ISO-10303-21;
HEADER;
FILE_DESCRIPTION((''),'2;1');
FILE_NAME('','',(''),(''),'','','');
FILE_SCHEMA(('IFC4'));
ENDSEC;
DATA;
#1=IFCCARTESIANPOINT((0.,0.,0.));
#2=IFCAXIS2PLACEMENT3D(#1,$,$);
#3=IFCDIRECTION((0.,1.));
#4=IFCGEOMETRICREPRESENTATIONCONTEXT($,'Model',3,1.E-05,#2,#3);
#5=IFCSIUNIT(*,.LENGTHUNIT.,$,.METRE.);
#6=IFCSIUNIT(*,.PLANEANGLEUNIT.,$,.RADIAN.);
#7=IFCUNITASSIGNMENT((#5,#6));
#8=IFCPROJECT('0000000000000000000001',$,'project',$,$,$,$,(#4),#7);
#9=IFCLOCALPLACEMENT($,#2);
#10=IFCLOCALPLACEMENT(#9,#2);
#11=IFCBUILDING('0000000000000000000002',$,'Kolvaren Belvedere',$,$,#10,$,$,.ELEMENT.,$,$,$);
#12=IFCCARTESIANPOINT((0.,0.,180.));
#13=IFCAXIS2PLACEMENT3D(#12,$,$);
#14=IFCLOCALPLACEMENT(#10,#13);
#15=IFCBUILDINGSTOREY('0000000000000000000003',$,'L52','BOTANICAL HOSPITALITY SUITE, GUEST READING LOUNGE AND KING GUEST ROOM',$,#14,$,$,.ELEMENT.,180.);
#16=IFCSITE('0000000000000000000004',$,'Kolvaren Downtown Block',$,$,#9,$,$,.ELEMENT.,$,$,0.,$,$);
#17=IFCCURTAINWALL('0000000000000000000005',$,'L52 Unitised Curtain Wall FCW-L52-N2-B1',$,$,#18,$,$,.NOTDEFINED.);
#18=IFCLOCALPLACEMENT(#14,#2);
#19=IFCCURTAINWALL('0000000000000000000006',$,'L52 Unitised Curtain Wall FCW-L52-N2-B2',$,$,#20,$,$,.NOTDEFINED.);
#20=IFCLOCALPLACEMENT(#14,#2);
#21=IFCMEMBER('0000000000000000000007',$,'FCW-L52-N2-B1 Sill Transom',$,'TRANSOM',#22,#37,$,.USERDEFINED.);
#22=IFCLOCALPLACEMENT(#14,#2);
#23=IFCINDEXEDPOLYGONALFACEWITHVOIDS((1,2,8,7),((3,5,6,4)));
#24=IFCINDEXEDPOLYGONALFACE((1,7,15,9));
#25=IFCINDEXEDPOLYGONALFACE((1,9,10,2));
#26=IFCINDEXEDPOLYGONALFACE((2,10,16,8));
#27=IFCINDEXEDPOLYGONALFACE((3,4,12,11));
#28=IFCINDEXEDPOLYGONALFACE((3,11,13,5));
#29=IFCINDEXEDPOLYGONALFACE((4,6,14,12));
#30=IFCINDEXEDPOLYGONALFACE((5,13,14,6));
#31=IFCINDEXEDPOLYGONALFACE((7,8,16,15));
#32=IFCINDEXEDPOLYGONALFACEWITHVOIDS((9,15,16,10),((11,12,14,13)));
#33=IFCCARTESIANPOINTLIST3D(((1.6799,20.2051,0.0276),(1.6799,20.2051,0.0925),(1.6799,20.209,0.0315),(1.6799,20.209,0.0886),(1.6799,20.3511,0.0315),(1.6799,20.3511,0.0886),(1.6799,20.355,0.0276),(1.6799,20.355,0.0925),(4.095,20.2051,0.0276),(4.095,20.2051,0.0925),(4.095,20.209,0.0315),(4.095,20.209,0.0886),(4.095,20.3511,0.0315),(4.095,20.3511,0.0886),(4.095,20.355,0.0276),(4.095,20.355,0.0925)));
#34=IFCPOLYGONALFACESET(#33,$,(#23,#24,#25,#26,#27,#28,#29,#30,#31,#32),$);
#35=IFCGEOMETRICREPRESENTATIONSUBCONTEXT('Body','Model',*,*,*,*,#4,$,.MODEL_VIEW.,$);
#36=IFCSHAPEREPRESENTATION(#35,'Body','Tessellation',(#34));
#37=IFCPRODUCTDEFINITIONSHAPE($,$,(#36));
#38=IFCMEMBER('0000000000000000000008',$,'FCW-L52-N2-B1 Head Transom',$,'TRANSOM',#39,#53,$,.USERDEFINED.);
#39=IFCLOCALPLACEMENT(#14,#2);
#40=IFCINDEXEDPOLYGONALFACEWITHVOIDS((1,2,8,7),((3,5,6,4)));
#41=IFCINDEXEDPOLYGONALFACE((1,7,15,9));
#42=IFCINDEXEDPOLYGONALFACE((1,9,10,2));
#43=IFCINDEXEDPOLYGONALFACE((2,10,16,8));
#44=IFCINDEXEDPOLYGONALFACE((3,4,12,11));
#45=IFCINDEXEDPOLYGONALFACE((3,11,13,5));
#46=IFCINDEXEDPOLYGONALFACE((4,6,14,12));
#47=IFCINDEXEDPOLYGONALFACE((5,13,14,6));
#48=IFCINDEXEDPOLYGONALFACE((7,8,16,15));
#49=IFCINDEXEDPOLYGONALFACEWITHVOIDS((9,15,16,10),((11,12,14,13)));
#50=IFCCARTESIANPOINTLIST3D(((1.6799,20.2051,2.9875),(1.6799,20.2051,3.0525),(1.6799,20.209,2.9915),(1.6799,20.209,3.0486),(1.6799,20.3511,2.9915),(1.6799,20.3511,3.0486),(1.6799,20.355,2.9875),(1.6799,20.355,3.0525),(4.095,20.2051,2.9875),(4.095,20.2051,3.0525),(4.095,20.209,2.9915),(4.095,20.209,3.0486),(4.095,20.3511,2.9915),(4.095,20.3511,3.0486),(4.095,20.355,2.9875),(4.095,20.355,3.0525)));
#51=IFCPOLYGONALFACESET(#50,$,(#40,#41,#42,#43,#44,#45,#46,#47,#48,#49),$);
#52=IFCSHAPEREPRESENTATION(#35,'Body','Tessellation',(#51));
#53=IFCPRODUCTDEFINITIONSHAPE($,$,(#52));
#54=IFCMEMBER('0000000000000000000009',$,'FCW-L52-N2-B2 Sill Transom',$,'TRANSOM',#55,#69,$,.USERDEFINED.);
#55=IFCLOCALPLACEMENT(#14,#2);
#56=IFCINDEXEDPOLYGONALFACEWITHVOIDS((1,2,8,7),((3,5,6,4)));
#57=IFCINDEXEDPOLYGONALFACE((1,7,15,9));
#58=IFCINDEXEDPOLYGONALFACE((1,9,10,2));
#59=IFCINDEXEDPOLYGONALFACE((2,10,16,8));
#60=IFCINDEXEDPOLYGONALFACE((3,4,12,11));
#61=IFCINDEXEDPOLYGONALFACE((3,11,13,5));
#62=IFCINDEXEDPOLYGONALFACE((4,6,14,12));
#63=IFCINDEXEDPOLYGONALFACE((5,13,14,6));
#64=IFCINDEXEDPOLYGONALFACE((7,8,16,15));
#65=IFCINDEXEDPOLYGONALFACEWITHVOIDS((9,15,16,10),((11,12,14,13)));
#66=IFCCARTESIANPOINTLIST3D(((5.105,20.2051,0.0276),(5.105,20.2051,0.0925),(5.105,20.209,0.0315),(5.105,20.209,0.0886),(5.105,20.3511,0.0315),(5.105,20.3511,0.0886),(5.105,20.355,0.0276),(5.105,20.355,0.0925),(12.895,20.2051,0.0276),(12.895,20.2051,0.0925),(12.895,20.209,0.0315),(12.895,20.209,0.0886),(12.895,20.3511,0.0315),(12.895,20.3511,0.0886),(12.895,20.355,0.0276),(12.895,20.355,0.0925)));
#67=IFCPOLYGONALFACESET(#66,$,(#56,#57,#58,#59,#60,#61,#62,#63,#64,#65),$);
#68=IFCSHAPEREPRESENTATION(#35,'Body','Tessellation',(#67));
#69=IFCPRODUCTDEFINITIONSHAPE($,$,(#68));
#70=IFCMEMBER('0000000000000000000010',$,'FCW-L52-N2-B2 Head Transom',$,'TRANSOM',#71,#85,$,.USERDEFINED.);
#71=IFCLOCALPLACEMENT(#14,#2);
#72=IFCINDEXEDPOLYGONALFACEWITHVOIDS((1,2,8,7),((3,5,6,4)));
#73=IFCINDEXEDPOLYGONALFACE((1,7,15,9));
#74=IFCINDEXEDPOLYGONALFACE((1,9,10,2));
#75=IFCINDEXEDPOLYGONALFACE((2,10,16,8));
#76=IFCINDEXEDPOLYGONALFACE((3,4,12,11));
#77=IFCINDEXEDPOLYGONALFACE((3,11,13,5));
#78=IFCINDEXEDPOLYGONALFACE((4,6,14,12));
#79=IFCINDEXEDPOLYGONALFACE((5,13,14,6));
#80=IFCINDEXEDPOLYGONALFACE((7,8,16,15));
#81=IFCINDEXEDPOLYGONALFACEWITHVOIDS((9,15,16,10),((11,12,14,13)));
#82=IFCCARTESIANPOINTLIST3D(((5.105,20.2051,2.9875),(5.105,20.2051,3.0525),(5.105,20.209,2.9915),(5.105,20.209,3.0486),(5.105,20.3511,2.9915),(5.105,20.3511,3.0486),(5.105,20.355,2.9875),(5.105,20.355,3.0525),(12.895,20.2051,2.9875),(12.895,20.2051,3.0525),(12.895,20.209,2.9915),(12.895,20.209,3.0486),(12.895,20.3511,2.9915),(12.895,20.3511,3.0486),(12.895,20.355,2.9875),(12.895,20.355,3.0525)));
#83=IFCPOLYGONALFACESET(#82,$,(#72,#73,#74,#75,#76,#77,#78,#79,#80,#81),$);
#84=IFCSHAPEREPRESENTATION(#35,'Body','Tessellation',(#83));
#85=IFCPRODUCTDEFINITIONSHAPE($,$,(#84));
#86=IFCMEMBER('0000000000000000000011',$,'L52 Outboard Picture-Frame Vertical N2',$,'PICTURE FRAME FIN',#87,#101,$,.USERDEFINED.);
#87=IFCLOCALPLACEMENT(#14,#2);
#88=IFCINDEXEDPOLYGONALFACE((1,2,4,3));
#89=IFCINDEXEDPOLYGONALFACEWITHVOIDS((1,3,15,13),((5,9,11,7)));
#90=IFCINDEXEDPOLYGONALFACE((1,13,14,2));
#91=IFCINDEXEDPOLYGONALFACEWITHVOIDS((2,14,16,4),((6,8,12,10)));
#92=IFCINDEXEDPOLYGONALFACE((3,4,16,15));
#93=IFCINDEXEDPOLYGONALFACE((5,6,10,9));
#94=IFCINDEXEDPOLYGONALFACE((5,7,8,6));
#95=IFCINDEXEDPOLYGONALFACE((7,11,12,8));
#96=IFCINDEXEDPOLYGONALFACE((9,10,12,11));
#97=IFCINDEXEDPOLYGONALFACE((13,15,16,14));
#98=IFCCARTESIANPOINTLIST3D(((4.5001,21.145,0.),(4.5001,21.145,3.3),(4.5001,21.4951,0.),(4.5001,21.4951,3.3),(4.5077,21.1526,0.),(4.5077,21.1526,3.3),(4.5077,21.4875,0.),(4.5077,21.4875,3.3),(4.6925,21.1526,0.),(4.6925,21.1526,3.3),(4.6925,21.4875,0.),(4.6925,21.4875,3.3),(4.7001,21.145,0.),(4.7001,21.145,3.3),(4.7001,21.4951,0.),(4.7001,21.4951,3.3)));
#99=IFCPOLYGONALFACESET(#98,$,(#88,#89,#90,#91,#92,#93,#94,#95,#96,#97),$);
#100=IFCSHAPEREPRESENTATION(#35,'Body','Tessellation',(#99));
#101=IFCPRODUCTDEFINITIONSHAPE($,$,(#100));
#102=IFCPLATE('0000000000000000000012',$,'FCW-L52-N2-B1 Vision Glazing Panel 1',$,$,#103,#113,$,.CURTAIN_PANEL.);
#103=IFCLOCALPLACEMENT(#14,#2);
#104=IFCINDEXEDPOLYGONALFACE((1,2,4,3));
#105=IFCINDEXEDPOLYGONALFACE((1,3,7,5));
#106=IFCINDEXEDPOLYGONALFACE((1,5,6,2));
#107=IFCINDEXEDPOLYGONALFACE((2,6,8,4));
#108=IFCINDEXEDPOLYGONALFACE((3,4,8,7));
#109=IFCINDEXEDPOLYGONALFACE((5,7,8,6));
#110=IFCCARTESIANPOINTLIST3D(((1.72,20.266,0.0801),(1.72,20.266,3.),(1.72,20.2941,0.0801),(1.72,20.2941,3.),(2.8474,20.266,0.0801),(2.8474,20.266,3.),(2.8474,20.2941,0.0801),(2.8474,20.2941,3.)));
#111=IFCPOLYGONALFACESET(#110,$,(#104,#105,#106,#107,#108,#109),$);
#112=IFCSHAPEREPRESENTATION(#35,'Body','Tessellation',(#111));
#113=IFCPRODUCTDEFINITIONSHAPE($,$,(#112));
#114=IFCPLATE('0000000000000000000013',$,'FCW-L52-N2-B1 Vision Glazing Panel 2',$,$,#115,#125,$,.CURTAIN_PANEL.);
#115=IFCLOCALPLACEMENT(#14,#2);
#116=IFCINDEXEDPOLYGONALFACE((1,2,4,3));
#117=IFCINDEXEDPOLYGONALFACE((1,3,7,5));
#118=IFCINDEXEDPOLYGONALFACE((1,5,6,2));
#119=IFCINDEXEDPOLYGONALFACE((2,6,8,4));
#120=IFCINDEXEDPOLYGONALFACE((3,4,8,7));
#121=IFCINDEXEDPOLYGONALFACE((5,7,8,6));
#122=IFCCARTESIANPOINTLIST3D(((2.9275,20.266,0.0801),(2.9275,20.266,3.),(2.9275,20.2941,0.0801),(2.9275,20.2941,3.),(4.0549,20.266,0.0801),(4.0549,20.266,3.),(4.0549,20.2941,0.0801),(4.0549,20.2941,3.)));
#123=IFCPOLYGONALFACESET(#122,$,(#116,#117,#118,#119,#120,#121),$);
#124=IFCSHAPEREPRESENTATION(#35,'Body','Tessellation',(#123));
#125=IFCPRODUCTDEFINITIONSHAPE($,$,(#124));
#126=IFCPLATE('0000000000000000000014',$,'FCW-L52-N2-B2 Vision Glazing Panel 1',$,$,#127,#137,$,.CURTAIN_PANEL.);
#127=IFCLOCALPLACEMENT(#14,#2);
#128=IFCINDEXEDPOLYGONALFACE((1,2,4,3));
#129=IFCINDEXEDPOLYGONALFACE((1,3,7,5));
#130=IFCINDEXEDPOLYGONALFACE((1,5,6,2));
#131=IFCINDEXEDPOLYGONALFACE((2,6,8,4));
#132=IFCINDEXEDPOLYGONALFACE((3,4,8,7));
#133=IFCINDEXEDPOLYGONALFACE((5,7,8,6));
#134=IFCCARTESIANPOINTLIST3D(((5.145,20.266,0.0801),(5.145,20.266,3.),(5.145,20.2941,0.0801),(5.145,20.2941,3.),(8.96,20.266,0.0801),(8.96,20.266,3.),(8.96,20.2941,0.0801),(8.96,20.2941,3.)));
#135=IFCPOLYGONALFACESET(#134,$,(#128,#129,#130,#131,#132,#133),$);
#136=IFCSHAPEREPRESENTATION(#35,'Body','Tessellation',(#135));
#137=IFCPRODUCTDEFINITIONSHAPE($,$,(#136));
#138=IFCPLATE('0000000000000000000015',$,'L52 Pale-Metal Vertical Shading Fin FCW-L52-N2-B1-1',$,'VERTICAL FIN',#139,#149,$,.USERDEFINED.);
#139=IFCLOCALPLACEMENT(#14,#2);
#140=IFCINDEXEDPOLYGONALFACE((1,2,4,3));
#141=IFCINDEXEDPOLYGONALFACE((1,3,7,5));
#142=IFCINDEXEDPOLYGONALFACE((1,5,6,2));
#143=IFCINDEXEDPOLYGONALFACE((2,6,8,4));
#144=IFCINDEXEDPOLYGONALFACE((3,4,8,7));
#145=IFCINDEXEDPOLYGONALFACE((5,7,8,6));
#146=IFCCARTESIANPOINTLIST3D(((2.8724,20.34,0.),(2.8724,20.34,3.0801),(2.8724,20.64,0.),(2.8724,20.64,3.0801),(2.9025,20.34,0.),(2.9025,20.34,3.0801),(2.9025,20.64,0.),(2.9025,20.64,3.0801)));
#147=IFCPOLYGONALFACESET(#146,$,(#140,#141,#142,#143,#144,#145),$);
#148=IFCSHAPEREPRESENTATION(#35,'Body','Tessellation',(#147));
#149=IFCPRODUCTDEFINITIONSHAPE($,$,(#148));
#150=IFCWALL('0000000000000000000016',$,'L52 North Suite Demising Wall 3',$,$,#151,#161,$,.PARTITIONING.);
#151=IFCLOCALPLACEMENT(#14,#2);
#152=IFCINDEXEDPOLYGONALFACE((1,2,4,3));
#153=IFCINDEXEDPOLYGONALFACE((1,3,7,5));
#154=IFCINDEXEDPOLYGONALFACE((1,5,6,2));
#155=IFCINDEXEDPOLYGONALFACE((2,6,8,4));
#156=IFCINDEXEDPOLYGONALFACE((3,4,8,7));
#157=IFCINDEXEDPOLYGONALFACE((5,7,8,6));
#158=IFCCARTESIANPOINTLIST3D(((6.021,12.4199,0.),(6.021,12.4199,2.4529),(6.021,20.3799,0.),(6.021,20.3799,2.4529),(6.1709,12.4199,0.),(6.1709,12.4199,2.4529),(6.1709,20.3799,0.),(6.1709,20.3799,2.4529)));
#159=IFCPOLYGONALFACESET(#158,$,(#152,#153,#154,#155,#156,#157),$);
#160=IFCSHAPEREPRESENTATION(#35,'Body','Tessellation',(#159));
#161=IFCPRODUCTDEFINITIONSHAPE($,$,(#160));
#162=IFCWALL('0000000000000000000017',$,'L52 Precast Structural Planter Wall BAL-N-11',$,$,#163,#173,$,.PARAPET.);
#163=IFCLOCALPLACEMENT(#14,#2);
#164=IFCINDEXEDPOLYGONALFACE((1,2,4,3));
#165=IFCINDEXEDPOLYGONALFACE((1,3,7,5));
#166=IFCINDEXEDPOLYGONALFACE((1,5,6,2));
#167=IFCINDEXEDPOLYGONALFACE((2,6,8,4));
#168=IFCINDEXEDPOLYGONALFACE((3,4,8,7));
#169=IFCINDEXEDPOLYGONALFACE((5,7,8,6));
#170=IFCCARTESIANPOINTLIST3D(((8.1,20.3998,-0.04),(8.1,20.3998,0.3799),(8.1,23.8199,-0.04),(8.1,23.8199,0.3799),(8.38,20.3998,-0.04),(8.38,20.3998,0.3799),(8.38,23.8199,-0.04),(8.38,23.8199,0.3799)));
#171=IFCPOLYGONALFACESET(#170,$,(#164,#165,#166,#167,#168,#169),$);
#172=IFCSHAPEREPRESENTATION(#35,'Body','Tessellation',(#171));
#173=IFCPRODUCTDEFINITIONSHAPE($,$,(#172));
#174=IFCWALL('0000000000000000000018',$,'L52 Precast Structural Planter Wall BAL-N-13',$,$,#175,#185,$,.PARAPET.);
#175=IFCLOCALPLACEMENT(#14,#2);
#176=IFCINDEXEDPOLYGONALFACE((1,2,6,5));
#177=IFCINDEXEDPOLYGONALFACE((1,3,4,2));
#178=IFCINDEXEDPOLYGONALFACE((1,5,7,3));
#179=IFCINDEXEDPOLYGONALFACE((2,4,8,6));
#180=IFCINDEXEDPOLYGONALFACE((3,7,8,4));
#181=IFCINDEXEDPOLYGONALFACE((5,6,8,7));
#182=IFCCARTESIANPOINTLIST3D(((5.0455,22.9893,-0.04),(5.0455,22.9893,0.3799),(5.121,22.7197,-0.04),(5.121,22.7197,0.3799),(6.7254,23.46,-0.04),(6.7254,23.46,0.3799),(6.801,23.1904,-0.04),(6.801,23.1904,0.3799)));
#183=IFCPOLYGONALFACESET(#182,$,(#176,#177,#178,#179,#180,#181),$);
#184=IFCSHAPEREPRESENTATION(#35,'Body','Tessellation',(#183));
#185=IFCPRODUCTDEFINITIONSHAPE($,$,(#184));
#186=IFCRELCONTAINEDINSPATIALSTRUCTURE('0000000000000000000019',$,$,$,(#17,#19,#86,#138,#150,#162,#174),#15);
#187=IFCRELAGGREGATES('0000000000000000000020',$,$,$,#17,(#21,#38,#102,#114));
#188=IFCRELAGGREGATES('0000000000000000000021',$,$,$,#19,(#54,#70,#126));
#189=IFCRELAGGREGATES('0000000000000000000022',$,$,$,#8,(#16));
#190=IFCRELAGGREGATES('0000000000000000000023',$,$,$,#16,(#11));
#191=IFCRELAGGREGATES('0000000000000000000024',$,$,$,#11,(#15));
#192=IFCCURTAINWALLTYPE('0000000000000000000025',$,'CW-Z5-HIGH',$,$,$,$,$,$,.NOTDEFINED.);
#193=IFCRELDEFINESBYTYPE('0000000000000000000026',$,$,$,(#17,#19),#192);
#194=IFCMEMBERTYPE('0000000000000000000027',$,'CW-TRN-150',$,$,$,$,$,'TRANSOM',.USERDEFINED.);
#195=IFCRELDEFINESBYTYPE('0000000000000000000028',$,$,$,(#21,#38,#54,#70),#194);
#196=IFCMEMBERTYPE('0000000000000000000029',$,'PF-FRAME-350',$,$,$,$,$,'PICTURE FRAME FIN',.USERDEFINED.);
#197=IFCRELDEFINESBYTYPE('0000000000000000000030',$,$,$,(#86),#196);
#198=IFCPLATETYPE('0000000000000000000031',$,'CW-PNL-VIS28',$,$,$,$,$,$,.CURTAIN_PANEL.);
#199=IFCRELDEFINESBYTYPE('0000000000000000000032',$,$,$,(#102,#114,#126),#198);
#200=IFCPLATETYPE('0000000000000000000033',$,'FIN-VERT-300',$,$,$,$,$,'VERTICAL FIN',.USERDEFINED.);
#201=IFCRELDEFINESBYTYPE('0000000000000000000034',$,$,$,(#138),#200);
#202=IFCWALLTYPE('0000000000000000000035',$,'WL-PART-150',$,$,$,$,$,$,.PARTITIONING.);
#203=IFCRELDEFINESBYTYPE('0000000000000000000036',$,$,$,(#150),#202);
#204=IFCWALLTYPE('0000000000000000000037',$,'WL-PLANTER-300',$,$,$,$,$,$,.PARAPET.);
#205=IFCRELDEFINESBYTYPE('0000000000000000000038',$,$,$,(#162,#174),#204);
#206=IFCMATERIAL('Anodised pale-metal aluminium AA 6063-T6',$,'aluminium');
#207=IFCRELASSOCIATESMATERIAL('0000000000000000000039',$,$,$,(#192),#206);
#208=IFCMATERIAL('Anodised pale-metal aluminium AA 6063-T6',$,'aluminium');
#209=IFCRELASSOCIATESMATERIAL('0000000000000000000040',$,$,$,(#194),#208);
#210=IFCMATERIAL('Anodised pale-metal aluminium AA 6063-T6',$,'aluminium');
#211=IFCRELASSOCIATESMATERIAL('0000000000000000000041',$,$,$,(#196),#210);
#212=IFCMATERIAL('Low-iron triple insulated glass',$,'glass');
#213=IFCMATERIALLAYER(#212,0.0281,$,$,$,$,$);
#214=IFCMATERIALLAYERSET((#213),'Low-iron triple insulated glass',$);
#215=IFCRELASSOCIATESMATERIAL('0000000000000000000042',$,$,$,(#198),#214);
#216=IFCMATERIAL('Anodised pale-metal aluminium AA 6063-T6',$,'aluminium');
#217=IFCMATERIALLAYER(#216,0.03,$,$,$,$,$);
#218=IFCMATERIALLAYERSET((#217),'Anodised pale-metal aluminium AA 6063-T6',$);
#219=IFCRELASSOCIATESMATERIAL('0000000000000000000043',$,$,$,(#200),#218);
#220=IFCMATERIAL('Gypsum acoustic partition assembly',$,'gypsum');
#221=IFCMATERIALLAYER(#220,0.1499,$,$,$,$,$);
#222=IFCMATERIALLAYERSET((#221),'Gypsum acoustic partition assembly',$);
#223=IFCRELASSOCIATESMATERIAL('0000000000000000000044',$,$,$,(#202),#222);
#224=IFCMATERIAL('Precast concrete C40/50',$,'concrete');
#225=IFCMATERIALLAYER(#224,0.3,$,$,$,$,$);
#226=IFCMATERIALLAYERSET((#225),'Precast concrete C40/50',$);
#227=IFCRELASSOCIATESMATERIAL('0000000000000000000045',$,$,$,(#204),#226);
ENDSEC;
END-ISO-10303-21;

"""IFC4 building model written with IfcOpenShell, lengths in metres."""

from ifc_helpers import new_model, si_unit, direction, frame, frame_2d, origin, origin_2d, place, context, subcontext, project, spatial, rectangle, hollow_rectangle, extrude, material, layer, layer_set, material_profile, profile_set, type_object, element, aggregate, save


model = new_model("IFC4")

# Units and contexts
model_context = context("Model", 3, precision=1e-05, world=origin(), true_north=direction((0.0, 1.0)))
body_context = subcontext(model_context, "Body", "Model", "MODEL_VIEW")
ifc_project = project(units=[si_unit("LENGTHUNIT", "METRE"), si_unit("PLANEANGLEUNIT", "RADIAN")], contexts=[model_context])

# Site, building, storey
site_placement = place(None, origin())
site = spatial("IfcSite", under=ifc_project, at=site_placement, Name="Kolvaren Downtown Block", CompositionType="ELEMENT", RefElevation=0.0)
building_placement = place(site_placement, origin())
building = spatial("IfcBuilding", under=site, at=building_placement, Name="Kolvaren Belvedere", CompositionType="ELEMENT")
storey_placement = place(building_placement, frame((0.0, 0.0, 180.0)))
storey = spatial("IfcBuildingStorey", under=building, at=storey_placement, Name="L52", Description="BOTANICAL HOSPITALITY SUITE, GUEST READING LOUNGE AND KING GUEST ROOM", CompositionType="ELEMENT", Elevation=180.0)

# Curtain wall
ifc_material_1 = material(Name="Anodised pale-metal aluminium AA 6063-T6", Category="aluminium")
curtain_wall_type = type_object("IfcCurtainWallType", Name="CW-Z5-HIGH", PredefinedType="NOTDEFINED", material=ifc_material_1)
curtain_wall_1_placement = place(storey_placement, origin())
curtain_wall_1 = element("IfcCurtainWall", 1, at=curtain_wall_1_placement, inside=storey, type_object=curtain_wall_type, Name="L52 Unitised Curtain Wall FCW-L52-N2-B1", PredefinedType="NOTDEFINED")

# Curtain wall
curtain_wall_2_placement = place(storey_placement, origin())
curtain_wall_2 = element("IfcCurtainWall", 2, at=curtain_wall_2_placement, inside=storey, type_object=curtain_wall_type, Name="L52 Unitised Curtain Wall FCW-L52-N2-B2", PredefinedType="NOTDEFINED")

# Members
ifc_material_2 = material(Name="Anodised pale-metal aluminium AA 6063-T6", Category="aluminium")
ifc_material_profile_1 = material_profile(ifc_material_2, hollow_rectangle(XDim=0.0649, YDim=0.1499, WallThickness=0.0039, at=origin_2d()), Name="ALU-TRN-150X65")
ifc_profile_set_1 = profile_set([ifc_material_profile_1], Name="Anodised pale-metal aluminium AA 6063-T6")
member_type_1 = type_object("IfcMemberType", Name="CW-TRN-150", ElementType="TRANSOM", PredefinedType="USERDEFINED", material=ifc_profile_set_1)
member_1_placement = place(storey_placement, frame((1.6799, 20.28, 0.0601), z_axis=(1.0, 0.0, 0.0), x_axis=(0.0, 0.0, 1.0)))
member_1 = element("IfcMember", 3, at=member_1_placement, type_object=member_type_1, Name="FCW-L52-N2-B1 Sill Transom", ObjectType="TRANSOM", PredefinedType="USERDEFINED", context=body_context, shape_type="SweptSolid", body=[
    extrude(hollow_rectangle(XDim=0.0649, YDim=0.1499, WallThickness=0.0039, at=origin_2d()), origin(), (0.0, 0.0, 1.0), 2.415),
])
member_2_placement = place(storey_placement, frame((1.6799, 20.28, 3.02), z_axis=(1.0, 0.0, 0.0), x_axis=(0.0, 0.0, 1.0)))
member_2 = element("IfcMember", 4, at=member_2_placement, type_object=member_type_1, Name="FCW-L52-N2-B1 Head Transom", ObjectType="TRANSOM", PredefinedType="USERDEFINED", context=body_context, shape_type="SweptSolid", body=[
    extrude(hollow_rectangle(XDim=0.0649, YDim=0.1499, WallThickness=0.0039, at=origin_2d()), origin(), (0.0, 0.0, 1.0), 2.415),
])
member_3_placement = place(storey_placement, frame((5.105, 20.28, 0.0601), z_axis=(1.0, 0.0, 0.0), x_axis=(0.0, 0.0, 1.0)))
member_3 = element("IfcMember", 5, at=member_3_placement, type_object=member_type_1, Name="FCW-L52-N2-B2 Sill Transom", ObjectType="TRANSOM", PredefinedType="USERDEFINED", context=body_context, shape_type="SweptSolid", body=[
    extrude(hollow_rectangle(XDim=0.0649, YDim=0.1499, WallThickness=0.0039, at=origin_2d()), origin(), (0.0, 0.0, 1.0), 7.79),
])
member_4_placement = place(storey_placement, frame((5.105, 20.28, 3.02), z_axis=(1.0, 0.0, 0.0), x_axis=(0.0, 0.0, 1.0)))
member_4 = element("IfcMember", 6, at=member_4_placement, type_object=member_type_1, Name="FCW-L52-N2-B2 Head Transom", ObjectType="TRANSOM", PredefinedType="USERDEFINED", context=body_context, shape_type="SweptSolid", body=[
    extrude(hollow_rectangle(XDim=0.0649, YDim=0.1499, WallThickness=0.0039, at=origin_2d()), origin(), (0.0, 0.0, 1.0), 7.79),
])
ifc_material_3 = material(Name="Anodised pale-metal aluminium AA 6063-T6", Category="aluminium")
ifc_material_profile_2 = material_profile(ifc_material_3, hollow_rectangle(XDim=0.2, YDim=0.3501, WallThickness=0.0076, at=origin_2d()), Name="ALU-PF-350X200")
ifc_profile_set_2 = profile_set([ifc_material_profile_2], Name="Anodised pale-metal aluminium AA 6063-T6")
member_type_2 = type_object("IfcMemberType", Name="PF-FRAME-350", ElementType="PICTURE FRAME FIN", PredefinedType="USERDEFINED", material=ifc_profile_set_2)
member_5_placement = place(storey_placement, frame((4.6001, 21.3201, 0.0), z_axis=(0.0, 0.0, 1.0), x_axis=(1.0, 0.0, 0.0)))
element("IfcMember", 7, at=member_5_placement, inside=storey, type_object=member_type_2, Name="L52 Outboard Picture-Frame Vertical N2", ObjectType="PICTURE FRAME FIN", PredefinedType="USERDEFINED", context=body_context, shape_type="SweptSolid", body=[
    extrude(hollow_rectangle(XDim=0.2, YDim=0.3501, WallThickness=0.0076, at=origin_2d()), origin(), (0.0, 0.0, 1.0), 3.3),
])

# Plates
ifc_material_4 = material(Name="Low-iron triple insulated glass", Category="glass")
ifc_layer_1 = layer(ifc_material_4, 0.0281)
ifc_layer_set_1 = layer_set([ifc_layer_1], Name="Low-iron triple insulated glass")
plate_type_1 = type_object("IfcPlateType", Name="CW-PNL-VIS28", PredefinedType="CURTAIN_PANEL", material=ifc_layer_set_1)
plate_1_placement = place(storey_placement, frame((2.2837, 20.28, 0.0801), z_axis=(0.0, 0.0, 1.0), x_axis=(1.0, 0.0, 0.0)))
plate_1 = element("IfcPlate", 8, at=plate_1_placement, type_object=plate_type_1, Name="FCW-L52-N2-B1 Vision Glazing Panel 1", PredefinedType="CURTAIN_PANEL", context=body_context, shape_type="SweptSolid", body=[
    extrude(rectangle(XDim=1.1274, YDim=0.0281, at=origin_2d()), origin(), (0.0, 0.0, 1.0), 2.9199),
])
plate_2_placement = place(storey_placement, frame((3.4912, 20.28, 0.0801), z_axis=(0.0, 0.0, 1.0), x_axis=(1.0, 0.0, 0.0)))
plate_2 = element("IfcPlate", 9, at=plate_2_placement, type_object=plate_type_1, Name="FCW-L52-N2-B1 Vision Glazing Panel 2", PredefinedType="CURTAIN_PANEL", context=body_context, shape_type="SweptSolid", body=[
    extrude(rectangle(XDim=1.1274, YDim=0.0281, at=origin_2d()), origin(), (0.0, 0.0, 1.0), 2.9199),
])
aggregate(curtain_wall_1, [member_1, member_2, plate_1, plate_2])
plate_3_placement = place(storey_placement, frame((7.0525, 20.28, 0.0801), z_axis=(0.0, 0.0, 1.0), x_axis=(1.0, 0.0, 0.0)))
plate_3 = element("IfcPlate", 10, at=plate_3_placement, type_object=plate_type_1, Name="FCW-L52-N2-B2 Vision Glazing Panel 1", PredefinedType="CURTAIN_PANEL", context=body_context, shape_type="SweptSolid", body=[
    extrude(rectangle(XDim=3.8149, YDim=0.0281, at=origin_2d()), origin(), (0.0, 0.0, 1.0), 2.9199),
])
aggregate(curtain_wall_2, [member_3, member_4, plate_3])
ifc_material_5 = material(Name="Anodised pale-metal aluminium AA 6063-T6", Category="aluminium")
ifc_layer_2 = layer(ifc_material_5, 0.03)
ifc_layer_set_2 = layer_set([ifc_layer_2], Name="Anodised pale-metal aluminium AA 6063-T6")
plate_type_2 = type_object("IfcPlateType", Name="FIN-VERT-300", ElementType="VERTICAL FIN", PredefinedType="USERDEFINED", material=ifc_layer_set_2)
plate_4_placement = place(storey_placement, frame((2.8875, 20.49, 0.0), z_axis=(0.0, 0.0, 1.0), x_axis=(0.0, 1.0, 0.0)))
element("IfcPlate", 11, at=plate_4_placement, inside=storey, type_object=plate_type_2, Name="L52 Pale-Metal Vertical Shading Fin FCW-L52-N2-B1-1", ObjectType="VERTICAL FIN", PredefinedType="USERDEFINED", context=body_context, shape_type="SweptSolid", body=[
    extrude(rectangle(XDim=0.3, YDim=0.03, at=origin_2d()), origin(), (0.0, 0.0, 1.0), 3.0801),
])

# Walls
ifc_material_6 = material(Name="Gypsum acoustic partition assembly", Category="gypsum")
ifc_layer_3 = layer(ifc_material_6, 0.1499)
ifc_layer_set_3 = layer_set([ifc_layer_3], Name="Gypsum acoustic partition assembly")
wall_type_1 = type_object("IfcWallType", Name="WL-PART-150", PredefinedType="PARTITIONING", material=ifc_layer_set_3)
wall_1_placement = place(storey_placement, frame((6.0959, 12.4199, 0.0), z_axis=(0.0, 0.0, 1.0), x_axis=(0.0, 1.0, 0.0)))
element("IfcWall", 12, at=wall_1_placement, inside=storey, type_object=wall_type_1, Name="L52 North Suite Demising Wall 3", PredefinedType="PARTITIONING", context=body_context, shape_type="SweptSolid", body=[
    extrude(rectangle(XDim=7.96, YDim=0.1499, at=frame_2d((3.98, 0.0))), origin(), (0.0, 0.0, 1.0), 2.4529),
])
ifc_material_7 = material(Name="Precast concrete C40/50", Category="concrete")
ifc_layer_4 = layer(ifc_material_7, 0.3)
ifc_layer_set_4 = layer_set([ifc_layer_4], Name="Precast concrete C40/50")
wall_type_2 = type_object("IfcWallType", Name="WL-PLANTER-300", PredefinedType="PARAPET", material=ifc_layer_set_4)
wall_2_placement = place(storey_placement, frame((8.24, 20.3999, -0.04), z_axis=(0.0, 0.0, 1.0), x_axis=(0.0, 1.0, 0.0)))
element("IfcWall", 13, at=wall_2_placement, inside=storey, type_object=wall_type_2, Name="L52 Precast Structural Planter Wall BAL-N-11", PredefinedType="PARAPET", context=body_context, shape_type="SweptSolid", body=[
    extrude(rectangle(XDim=3.4202, YDim=0.28, at=frame_2d((1.71, 0.0))), origin(), (0.0, 0.0, 1.0), 0.4199),
])
wall_3_placement = place(storey_placement, frame((6.7632, 23.3252, -0.04), z_axis=(0.0, 0.0, 1.0), x_axis=(-0.962916, -0.269801, 0.0)))
element("IfcWall", 14, at=wall_3_placement, inside=storey, type_object=wall_type_2, Name="L52 Precast Structural Planter Wall BAL-N-13", PredefinedType="PARAPET", context=body_context, shape_type="SweptSolid", body=[
    extrude(rectangle(XDim=1.7446, YDim=0.28, at=frame_2d((0.8723, 0.0))), origin(), (0.0, 0.0, 1.0), 0.4199),
])

save(model, "model.ifc")
